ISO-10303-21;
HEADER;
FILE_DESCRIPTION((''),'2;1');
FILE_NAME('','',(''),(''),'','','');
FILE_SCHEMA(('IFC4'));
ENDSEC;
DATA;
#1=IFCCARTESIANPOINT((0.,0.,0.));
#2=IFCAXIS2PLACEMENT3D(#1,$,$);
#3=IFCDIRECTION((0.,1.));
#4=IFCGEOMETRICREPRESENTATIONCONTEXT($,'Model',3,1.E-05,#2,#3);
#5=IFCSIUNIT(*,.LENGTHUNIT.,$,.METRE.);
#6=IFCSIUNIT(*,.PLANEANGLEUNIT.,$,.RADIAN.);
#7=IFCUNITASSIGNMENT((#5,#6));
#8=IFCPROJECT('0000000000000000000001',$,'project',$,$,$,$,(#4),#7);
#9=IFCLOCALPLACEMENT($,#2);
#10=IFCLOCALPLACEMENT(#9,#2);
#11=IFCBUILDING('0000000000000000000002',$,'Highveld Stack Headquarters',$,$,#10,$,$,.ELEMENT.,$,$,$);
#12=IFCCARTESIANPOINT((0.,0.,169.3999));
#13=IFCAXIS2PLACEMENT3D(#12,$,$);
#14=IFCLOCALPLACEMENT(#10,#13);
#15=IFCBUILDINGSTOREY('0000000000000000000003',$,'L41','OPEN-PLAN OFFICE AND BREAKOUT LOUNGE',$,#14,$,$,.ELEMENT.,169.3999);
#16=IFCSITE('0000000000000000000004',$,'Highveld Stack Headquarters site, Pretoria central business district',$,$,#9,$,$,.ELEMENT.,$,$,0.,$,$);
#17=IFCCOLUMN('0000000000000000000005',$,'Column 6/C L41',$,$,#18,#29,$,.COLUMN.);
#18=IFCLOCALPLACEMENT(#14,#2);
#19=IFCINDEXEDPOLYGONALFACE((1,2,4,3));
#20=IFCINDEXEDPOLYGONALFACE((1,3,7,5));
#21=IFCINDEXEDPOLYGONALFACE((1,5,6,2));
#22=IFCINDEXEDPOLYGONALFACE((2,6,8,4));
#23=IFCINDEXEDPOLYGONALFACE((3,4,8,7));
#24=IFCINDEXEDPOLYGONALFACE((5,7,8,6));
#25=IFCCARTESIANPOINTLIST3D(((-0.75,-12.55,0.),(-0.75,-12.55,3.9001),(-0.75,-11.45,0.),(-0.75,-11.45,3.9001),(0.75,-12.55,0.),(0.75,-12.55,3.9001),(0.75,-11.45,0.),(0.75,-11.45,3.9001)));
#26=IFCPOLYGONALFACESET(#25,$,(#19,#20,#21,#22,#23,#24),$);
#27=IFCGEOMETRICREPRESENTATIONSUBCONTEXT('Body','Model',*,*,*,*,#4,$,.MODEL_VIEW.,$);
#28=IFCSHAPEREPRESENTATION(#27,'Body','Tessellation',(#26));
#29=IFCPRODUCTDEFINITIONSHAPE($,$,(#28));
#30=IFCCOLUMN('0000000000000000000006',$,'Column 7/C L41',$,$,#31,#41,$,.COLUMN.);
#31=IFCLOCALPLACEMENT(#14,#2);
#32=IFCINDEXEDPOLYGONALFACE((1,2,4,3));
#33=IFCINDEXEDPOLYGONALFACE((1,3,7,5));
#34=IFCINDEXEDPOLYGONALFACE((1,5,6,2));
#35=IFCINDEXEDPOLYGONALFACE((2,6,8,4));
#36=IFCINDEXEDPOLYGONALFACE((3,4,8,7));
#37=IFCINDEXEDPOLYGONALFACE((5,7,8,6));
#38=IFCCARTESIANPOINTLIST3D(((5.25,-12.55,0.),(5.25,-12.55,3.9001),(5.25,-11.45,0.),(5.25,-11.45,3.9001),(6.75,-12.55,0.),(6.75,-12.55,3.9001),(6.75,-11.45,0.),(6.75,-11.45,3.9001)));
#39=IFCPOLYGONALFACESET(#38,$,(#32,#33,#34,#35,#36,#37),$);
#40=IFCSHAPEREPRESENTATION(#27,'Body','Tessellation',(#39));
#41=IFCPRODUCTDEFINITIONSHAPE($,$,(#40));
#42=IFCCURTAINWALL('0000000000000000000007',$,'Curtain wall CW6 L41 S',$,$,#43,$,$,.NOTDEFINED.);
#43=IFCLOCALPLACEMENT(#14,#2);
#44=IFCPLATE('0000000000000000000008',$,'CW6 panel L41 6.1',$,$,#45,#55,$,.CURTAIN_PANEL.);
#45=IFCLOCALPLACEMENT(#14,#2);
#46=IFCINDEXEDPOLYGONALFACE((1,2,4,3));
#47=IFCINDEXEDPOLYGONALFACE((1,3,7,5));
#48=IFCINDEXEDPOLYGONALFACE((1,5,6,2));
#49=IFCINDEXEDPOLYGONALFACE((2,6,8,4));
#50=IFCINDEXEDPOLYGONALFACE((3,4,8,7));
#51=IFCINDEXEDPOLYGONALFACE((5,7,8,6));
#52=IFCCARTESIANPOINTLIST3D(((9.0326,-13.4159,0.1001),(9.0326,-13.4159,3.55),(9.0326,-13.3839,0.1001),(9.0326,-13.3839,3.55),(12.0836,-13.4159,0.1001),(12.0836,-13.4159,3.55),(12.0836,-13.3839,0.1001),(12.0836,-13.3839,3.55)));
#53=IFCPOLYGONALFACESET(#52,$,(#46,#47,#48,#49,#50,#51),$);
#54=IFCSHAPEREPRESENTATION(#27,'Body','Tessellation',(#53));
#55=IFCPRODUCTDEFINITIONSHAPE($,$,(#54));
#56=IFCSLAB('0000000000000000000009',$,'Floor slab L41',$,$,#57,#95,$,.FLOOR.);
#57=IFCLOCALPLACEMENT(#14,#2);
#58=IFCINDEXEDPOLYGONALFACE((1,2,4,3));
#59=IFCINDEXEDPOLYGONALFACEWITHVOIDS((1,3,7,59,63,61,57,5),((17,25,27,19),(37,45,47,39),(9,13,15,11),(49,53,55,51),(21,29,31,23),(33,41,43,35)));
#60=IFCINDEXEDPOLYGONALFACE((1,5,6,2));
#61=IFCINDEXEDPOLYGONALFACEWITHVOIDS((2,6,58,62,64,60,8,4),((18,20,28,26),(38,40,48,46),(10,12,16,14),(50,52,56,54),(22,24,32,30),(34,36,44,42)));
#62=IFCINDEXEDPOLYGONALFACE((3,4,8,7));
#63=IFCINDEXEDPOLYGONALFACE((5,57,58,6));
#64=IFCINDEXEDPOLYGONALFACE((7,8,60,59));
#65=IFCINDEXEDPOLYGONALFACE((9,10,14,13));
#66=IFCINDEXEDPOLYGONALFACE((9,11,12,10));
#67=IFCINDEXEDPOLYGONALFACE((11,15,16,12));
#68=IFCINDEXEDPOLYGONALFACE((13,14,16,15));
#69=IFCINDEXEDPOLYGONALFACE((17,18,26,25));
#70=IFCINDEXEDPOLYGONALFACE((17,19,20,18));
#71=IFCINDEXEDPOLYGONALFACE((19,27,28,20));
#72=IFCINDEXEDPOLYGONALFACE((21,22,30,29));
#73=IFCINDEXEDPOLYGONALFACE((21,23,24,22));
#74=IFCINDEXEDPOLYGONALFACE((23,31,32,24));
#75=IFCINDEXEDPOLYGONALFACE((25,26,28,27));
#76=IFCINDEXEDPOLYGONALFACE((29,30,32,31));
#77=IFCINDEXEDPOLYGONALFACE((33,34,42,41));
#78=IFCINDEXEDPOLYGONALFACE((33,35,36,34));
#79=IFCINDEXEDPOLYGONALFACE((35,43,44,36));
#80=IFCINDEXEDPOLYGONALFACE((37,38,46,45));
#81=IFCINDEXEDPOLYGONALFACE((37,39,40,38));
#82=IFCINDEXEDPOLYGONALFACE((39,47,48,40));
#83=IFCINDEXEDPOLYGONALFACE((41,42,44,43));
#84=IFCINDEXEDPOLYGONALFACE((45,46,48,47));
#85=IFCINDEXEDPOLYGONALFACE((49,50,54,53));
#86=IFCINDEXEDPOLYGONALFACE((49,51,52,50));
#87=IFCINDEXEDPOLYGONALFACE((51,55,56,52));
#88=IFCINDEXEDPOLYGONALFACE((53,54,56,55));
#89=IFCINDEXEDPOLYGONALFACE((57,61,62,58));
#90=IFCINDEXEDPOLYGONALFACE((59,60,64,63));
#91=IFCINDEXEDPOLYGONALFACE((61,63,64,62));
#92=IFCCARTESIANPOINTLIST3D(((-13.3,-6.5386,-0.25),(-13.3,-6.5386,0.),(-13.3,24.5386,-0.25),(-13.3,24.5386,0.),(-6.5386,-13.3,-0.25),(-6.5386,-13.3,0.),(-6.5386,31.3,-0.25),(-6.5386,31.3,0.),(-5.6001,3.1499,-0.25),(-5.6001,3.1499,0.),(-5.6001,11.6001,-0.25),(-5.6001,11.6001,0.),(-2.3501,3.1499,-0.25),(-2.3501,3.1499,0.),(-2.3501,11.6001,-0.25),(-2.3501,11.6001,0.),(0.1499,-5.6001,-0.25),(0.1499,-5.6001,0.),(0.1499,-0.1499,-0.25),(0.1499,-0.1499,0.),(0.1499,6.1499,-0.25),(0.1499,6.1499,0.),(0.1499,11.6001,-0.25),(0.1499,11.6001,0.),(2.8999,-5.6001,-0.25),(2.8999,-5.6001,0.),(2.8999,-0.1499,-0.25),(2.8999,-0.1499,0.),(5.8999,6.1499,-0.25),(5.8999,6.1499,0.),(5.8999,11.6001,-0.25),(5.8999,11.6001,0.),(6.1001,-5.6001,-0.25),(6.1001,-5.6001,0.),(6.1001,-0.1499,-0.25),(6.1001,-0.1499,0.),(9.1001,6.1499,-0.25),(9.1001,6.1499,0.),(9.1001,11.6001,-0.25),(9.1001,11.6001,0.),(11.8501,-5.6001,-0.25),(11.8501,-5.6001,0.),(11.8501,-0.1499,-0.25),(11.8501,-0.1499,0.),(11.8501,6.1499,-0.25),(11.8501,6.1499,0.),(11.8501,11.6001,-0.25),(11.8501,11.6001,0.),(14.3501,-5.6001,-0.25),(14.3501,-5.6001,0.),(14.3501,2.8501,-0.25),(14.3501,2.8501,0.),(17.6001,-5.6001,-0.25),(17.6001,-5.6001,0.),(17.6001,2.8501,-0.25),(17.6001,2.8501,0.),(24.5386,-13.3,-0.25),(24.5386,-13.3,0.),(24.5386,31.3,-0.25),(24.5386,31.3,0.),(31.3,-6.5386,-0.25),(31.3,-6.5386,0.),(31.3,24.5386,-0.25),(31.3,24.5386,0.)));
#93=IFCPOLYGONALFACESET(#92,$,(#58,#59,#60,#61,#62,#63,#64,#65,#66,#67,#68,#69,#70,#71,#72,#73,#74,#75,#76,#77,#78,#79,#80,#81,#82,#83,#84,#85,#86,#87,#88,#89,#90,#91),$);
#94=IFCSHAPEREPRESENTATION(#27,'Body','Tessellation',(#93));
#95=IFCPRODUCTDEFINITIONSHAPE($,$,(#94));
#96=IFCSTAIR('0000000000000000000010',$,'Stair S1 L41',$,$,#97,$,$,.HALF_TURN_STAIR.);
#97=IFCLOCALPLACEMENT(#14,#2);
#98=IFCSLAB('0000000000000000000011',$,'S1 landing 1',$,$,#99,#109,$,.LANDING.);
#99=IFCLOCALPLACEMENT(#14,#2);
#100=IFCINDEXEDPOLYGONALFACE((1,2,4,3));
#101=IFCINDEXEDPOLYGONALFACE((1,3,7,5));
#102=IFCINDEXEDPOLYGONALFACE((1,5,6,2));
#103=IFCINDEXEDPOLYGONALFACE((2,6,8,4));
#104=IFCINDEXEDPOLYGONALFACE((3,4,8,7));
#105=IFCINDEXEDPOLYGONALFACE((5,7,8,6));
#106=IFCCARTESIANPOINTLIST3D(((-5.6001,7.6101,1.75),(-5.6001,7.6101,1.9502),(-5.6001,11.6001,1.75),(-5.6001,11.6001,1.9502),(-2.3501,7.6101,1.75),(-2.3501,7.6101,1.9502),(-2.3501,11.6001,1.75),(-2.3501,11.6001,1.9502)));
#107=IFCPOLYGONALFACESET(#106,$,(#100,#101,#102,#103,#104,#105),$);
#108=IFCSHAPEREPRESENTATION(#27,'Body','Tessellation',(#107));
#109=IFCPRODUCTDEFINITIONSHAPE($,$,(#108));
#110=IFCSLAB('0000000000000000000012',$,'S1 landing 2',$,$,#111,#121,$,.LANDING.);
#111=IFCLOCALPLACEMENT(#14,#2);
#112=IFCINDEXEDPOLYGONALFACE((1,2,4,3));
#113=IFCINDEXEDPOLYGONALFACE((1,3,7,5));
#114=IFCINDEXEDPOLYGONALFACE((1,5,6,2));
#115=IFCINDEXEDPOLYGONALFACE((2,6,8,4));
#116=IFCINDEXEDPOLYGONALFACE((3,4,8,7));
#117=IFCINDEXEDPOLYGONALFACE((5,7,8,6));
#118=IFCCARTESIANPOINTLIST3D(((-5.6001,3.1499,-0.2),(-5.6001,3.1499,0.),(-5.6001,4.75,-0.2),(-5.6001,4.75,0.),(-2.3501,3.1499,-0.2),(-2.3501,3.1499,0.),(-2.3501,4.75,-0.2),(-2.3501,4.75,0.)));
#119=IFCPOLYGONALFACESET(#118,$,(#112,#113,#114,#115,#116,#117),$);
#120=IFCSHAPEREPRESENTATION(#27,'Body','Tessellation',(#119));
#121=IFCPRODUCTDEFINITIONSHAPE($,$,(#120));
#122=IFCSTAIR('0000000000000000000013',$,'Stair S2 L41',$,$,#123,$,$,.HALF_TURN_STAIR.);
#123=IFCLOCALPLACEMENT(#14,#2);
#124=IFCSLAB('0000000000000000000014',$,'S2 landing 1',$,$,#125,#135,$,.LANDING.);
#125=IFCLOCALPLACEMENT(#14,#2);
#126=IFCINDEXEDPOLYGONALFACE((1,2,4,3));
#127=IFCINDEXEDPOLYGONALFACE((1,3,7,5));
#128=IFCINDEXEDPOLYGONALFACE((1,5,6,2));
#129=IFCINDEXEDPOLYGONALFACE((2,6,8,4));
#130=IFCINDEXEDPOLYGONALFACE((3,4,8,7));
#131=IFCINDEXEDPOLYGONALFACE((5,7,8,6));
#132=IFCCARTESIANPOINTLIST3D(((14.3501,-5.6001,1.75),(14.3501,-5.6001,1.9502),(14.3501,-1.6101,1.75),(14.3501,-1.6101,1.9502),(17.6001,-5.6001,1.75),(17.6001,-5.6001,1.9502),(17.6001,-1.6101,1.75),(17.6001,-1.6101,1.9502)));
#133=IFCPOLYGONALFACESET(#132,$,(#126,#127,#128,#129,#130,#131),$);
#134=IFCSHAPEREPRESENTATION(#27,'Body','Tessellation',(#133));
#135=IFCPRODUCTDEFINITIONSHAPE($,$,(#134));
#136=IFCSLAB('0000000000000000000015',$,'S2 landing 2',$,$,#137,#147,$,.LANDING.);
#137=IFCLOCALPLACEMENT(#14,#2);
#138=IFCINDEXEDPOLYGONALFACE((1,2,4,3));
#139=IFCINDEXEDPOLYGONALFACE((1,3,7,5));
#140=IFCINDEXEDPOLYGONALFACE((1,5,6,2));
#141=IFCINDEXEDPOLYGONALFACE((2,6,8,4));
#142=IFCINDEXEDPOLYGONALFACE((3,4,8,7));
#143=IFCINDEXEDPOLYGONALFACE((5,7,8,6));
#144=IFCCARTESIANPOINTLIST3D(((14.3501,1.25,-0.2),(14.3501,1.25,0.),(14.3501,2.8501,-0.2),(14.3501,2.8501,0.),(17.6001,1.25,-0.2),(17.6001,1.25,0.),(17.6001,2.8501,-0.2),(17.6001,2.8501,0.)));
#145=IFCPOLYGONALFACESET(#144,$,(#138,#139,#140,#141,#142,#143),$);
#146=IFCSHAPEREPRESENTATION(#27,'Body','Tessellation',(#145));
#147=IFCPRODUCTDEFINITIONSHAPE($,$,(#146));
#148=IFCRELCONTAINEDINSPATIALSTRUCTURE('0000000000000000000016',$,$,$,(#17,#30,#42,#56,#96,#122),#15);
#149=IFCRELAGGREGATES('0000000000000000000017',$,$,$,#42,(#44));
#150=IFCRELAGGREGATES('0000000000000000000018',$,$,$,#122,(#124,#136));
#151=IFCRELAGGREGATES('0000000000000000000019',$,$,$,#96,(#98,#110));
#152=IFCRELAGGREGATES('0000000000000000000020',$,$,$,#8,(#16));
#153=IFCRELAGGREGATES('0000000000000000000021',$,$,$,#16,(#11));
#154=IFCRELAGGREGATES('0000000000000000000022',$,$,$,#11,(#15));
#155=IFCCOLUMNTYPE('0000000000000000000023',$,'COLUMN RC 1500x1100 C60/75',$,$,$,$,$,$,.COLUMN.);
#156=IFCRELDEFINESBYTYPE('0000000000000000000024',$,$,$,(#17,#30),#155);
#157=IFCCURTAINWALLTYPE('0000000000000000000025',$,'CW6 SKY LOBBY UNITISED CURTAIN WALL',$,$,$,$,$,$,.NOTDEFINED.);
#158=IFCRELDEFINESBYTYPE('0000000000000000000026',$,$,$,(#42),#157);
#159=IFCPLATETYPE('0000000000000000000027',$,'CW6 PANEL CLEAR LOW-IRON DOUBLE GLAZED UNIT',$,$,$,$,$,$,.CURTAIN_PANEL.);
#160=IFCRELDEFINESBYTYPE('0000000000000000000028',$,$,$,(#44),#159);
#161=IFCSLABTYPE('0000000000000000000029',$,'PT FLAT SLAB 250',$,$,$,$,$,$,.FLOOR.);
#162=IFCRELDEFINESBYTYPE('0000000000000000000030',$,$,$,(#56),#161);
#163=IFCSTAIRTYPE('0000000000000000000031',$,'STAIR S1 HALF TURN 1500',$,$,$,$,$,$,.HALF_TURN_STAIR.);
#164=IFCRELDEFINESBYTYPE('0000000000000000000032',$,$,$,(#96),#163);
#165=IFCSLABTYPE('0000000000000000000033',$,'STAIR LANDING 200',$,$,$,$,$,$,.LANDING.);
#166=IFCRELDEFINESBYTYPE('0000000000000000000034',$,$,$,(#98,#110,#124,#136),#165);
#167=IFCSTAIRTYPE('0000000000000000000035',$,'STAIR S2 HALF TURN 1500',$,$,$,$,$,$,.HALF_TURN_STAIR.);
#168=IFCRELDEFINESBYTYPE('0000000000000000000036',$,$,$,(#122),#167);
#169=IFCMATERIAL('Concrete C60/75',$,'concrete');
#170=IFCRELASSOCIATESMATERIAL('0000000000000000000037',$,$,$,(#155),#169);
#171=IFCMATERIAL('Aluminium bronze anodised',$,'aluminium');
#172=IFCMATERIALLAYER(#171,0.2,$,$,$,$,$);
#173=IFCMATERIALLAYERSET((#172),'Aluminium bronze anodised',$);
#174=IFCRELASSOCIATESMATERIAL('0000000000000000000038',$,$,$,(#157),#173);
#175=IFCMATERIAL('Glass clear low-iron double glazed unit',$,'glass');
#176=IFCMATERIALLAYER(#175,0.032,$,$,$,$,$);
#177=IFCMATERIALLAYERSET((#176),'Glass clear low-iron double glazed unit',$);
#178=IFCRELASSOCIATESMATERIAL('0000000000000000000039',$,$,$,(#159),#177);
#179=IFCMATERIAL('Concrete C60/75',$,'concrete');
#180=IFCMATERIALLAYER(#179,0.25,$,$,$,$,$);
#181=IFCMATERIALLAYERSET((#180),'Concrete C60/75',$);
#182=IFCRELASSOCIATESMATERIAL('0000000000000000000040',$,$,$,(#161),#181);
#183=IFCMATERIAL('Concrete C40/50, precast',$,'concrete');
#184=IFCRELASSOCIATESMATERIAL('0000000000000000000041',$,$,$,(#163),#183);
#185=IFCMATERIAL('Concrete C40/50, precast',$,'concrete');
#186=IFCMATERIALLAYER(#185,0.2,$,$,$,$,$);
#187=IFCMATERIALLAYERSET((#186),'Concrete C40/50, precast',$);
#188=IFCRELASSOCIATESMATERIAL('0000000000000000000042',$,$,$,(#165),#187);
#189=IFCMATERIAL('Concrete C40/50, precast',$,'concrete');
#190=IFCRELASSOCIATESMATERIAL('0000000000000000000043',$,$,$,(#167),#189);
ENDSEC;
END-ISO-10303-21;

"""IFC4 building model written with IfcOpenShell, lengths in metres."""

from ifc_helpers import new_model, si_unit, direction, frame, origin, origin_2d, place, context, subcontext, project, spatial, polyline, rectangle, outline, extrude, material, layer, layer_set, material_profile, profile_set, type_object, element, aggregate, save


model = new_model("IFC4")

# Units and contexts
model_context = context("Model", 3, precision=1e-05, world=origin(), true_north=direction((0.0, 1.0)))
body_context = subcontext(model_context, "Body", "Model", "MODEL_VIEW")
ifc_project = project(units=[si_unit("LENGTHUNIT", "METRE"), si_unit("PLANEANGLEUNIT", "RADIAN")], contexts=[model_context])

# Site, building, storey
site_placement = place(None, origin())
site = spatial("IfcSite", under=ifc_project, at=site_placement, Name="Highveld Stack Headquarters site, Pretoria central business district", CompositionType="ELEMENT", RefElevation=0.0)
building_placement = place(site_placement, origin())
building = spatial("IfcBuilding", under=site, at=building_placement, Name="Highveld Stack Headquarters", CompositionType="ELEMENT")
storey_placement = place(building_placement, frame((0.0, 0.0, 169.3999)))
storey = spatial("IfcBuildingStorey", under=building, at=storey_placement, Name="L41", Description="OPEN-PLAN OFFICE AND BREAKOUT LOUNGE", CompositionType="ELEMENT", Elevation=169.3999)

# Columns
ifc_material_1 = material(Name="Concrete C60/75", Category="concrete")
ifc_material_profile = material_profile(ifc_material_1, rectangle(XDim=1.5, YDim=1.1001, at=origin_2d()), Name="RC 1500x1100")
ifc_profile_set = profile_set([ifc_material_profile], Name="Concrete C60/75")
column_type = type_object("IfcColumnType", Name="COLUMN RC 1500x1100 C60/75", PredefinedType="COLUMN", material=ifc_profile_set)
for number, where, z_axis, x_axis, name in (
    (1, (0.0, -12.0, 0.0), (0.0, 0.0, 1.0), (1.0, 0.0, 0.0), "Column 6/C L41"),
    (2, (6.0, -12.0, 0.0), (0.0, 0.0, 1.0), (1.0, 0.0, 0.0), "Column 7/C L41"),
):
    element("IfcColumn", number, at=place(storey_placement, frame(where, z_axis=z_axis, x_axis=x_axis)), inside=storey, type_object=column_type, Name=name, PredefinedType="COLUMN", context=body_context, shape_type="SweptSolid", body=[
        extrude(rectangle(XDim=1.5, YDim=1.1001, at=origin_2d()), origin(), (0.0, 0.0, 1.0), 3.9001),
    ])

# Curtain wall, plate
ifc_material_2 = material(Name="Aluminium bronze anodised", Category="aluminium")
ifc_layer_1 = layer(ifc_material_2, 0.2)
ifc_layer_set_1 = layer_set([ifc_layer_1], Name="Aluminium bronze anodised")
curtain_wall_type = type_object("IfcCurtainWallType", Name="CW6 SKY LOBBY UNITISED CURTAIN WALL", PredefinedType="NOTDEFINED", material=ifc_layer_set_1)
curtain_wall_placement = place(storey_placement, origin())
curtain_wall = element("IfcCurtainWall", 3, at=curtain_wall_placement, inside=storey, type_object=curtain_wall_type, Name="Curtain wall CW6 L41 S", PredefinedType="NOTDEFINED")
ifc_material_3 = material(Name="Glass clear low-iron double glazed unit", Category="glass")
ifc_layer_2 = layer(ifc_material_3, 0.032)
ifc_layer_set_2 = layer_set([ifc_layer_2], Name="Glass clear low-iron double glazed unit")
plate_type = type_object("IfcPlateType", Name="CW6 PANEL CLEAR LOW-IRON DOUBLE GLAZED UNIT", PredefinedType="CURTAIN_PANEL", material=ifc_layer_set_2)
plate_placement = place(storey_placement, frame((10.5581, -13.3999, 0.1001), z_axis=(0.0, 0.0, 1.0), x_axis=(1.0, 0.0, 0.0)))
plate = element("IfcPlate", 4, at=plate_placement, type_object=plate_type, Name="CW6 panel L41 6.1", PredefinedType="CURTAIN_PANEL", context=body_context, shape_type="SweptSolid", body=[
    extrude(rectangle(XDim=3.051, YDim=0.032, at=origin_2d()), origin(), (0.0, 0.0, 1.0), 3.45),
])
aggregate(curtain_wall, [plate])

# Slab
ifc_material_4 = material(Name="Concrete C60/75", Category="concrete")
ifc_layer_3 = layer(ifc_material_4, 0.25)
ifc_layer_set_3 = layer_set([ifc_layer_3], Name="Concrete C60/75")
slab_type_1 = type_object("IfcSlabType", Name="PT FLAT SLAB 250", PredefinedType="FLOOR", material=ifc_layer_set_3)
slab_1_placement = place(storey_placement, frame((0.0, 0.0, -0.25)))
element("IfcSlab", 5, at=slab_1_placement, inside=storey, type_object=slab_type_1, Name="Floor slab L41", PredefinedType="FLOOR", context=body_context, shape_type="SweptSolid", body=[
    extrude(outline(polyline([(-6.5386, -13.3), (24.5386, -13.3), (31.3, -6.5386), (31.3, 24.5386), (24.5386, 31.3), (-6.5386, 31.3), (-13.3, 24.5386), (-13.3, -6.5386), (-6.5386, -13.3)]), holes=[polyline([(0.1499, 6.1499), (5.8999, 6.1499), (5.8999, 11.6001), (0.1499, 11.6001), (0.1499, 6.1499)]), polyline([(9.1001, 6.1499), (11.8501, 6.1499), (11.8501, 11.6001), (9.1001, 11.6001), (9.1001, 6.1499)]), polyline([(6.1001, -5.6001), (11.8501, -5.6001), (11.8501, -0.1499), (6.1001, -0.1499), (6.1001, -5.6001)]), polyline([(0.1499, -5.6001), (2.8999, -5.6001), (2.8999, -0.1499), (0.1499, -0.1499), (0.1499, -5.6001)]), polyline([(-5.6001, 3.1499), (-2.3501, 3.1499), (-2.3501, 11.6001), (-5.6001, 11.6001), (-5.6001, 3.1499)]), polyline([(14.3501, -5.6001), (17.6001, -5.6001), (17.6001, 2.8501), (14.3501, 2.8501), (14.3501, -5.6001)])]), origin(), (0.0, 0.0, 1.0), 0.25),
])

# Stairs, slabs
ifc_material_5 = material(Name="Concrete C40/50, precast", Category="concrete")
stair_type_1 = type_object("IfcStairType", Name="STAIR S1 HALF TURN 1500", PredefinedType="HALF_TURN_STAIR", material=ifc_material_5)
stair_1_placement = place(storey_placement, origin())
stair_1 = element("IfcStair", 6, at=stair_1_placement, inside=storey, type_object=stair_type_1, Name="Stair S1 L41", PredefinedType="HALF_TURN_STAIR")
ifc_material_6 = material(Name="Concrete C40/50, precast", Category="concrete")
ifc_layer_4 = layer(ifc_material_6, 0.2)
ifc_layer_set_4 = layer_set([ifc_layer_4], Name="Concrete C40/50, precast")
slab_type_2 = type_object("IfcSlabType", Name="STAIR LANDING 200", PredefinedType="LANDING", material=ifc_layer_set_4)
slab_2_placement = place(storey_placement, frame((0.0, 0.0, 1.75)))
slab_2 = element("IfcSlab", 7, at=slab_2_placement, type_object=slab_type_2, Name="S1 landing 1", PredefinedType="LANDING", context=body_context, shape_type="SweptSolid", body=[
    extrude(outline(polyline([(-5.6001, 7.6101), (-2.3501, 7.6101), (-2.3501, 11.6001), (-5.6001, 11.6001), (-5.6001, 7.6101)])), origin(), (0.0, 0.0, 1.0), 0.2002),
])
slab_3_placement = place(storey_placement, frame((0.0, 0.0, -0.2)))
slab_3 = element("IfcSlab", 8, at=slab_3_placement, type_object=slab_type_2, Name="S1 landing 2", PredefinedType="LANDING", context=body_context, shape_type="SweptSolid", body=[
    extrude(outline(polyline([(-5.6001, 3.1499), (-2.3501, 3.1499), (-2.3501, 4.75), (-5.6001, 4.75), (-5.6001, 3.1499)])), origin(), (0.0, 0.0, 1.0), 0.2),
])
ifc_material_7 = material(Name="Concrete C40/50, precast", Category="concrete")
stair_type_2 = type_object("IfcStairType", Name="STAIR S2 HALF TURN 1500", PredefinedType="HALF_TURN_STAIR", material=ifc_material_7)
stair_2_placement = place(storey_placement, origin())
stair_2 = element("IfcStair", 9, at=stair_2_placement, inside=storey, type_object=stair_type_2, Name="Stair S2 L41", PredefinedType="HALF_TURN_STAIR")
slab_4_placement = place(storey_placement, frame((0.0, 0.0, 1.75)))
slab_4 = element("IfcSlab", 10, at=slab_4_placement, type_object=slab_type_2, Name="S2 landing 1", PredefinedType="LANDING", context=body_context, shape_type="SweptSolid", body=[
    extrude(outline(polyline([(14.3501, -5.6001), (17.6001, -5.6001), (17.6001, -1.6101), (14.3501, -1.6101), (14.3501, -5.6001)])), origin(), (0.0, 0.0, 1.0), 0.2002),
])
slab_5_placement = place(storey_placement, frame((0.0, 0.0, -0.2)))
slab_5 = element("IfcSlab", 11, at=slab_5_placement, type_object=slab_type_2, Name="S2 landing 2", PredefinedType="LANDING", context=body_context, shape_type="SweptSolid", body=[
    extrude(outline(polyline([(14.3501, 1.25), (17.6001, 1.25), (17.6001, 2.8501), (14.3501, 2.8501), (14.3501, 1.25)])), origin(), (0.0, 0.0, 1.0), 0.2),
])
aggregate(stair_2, [slab_4, slab_5])

aggregate(stair_1, [slab_2, slab_3])

save(model, "model.ifc")
